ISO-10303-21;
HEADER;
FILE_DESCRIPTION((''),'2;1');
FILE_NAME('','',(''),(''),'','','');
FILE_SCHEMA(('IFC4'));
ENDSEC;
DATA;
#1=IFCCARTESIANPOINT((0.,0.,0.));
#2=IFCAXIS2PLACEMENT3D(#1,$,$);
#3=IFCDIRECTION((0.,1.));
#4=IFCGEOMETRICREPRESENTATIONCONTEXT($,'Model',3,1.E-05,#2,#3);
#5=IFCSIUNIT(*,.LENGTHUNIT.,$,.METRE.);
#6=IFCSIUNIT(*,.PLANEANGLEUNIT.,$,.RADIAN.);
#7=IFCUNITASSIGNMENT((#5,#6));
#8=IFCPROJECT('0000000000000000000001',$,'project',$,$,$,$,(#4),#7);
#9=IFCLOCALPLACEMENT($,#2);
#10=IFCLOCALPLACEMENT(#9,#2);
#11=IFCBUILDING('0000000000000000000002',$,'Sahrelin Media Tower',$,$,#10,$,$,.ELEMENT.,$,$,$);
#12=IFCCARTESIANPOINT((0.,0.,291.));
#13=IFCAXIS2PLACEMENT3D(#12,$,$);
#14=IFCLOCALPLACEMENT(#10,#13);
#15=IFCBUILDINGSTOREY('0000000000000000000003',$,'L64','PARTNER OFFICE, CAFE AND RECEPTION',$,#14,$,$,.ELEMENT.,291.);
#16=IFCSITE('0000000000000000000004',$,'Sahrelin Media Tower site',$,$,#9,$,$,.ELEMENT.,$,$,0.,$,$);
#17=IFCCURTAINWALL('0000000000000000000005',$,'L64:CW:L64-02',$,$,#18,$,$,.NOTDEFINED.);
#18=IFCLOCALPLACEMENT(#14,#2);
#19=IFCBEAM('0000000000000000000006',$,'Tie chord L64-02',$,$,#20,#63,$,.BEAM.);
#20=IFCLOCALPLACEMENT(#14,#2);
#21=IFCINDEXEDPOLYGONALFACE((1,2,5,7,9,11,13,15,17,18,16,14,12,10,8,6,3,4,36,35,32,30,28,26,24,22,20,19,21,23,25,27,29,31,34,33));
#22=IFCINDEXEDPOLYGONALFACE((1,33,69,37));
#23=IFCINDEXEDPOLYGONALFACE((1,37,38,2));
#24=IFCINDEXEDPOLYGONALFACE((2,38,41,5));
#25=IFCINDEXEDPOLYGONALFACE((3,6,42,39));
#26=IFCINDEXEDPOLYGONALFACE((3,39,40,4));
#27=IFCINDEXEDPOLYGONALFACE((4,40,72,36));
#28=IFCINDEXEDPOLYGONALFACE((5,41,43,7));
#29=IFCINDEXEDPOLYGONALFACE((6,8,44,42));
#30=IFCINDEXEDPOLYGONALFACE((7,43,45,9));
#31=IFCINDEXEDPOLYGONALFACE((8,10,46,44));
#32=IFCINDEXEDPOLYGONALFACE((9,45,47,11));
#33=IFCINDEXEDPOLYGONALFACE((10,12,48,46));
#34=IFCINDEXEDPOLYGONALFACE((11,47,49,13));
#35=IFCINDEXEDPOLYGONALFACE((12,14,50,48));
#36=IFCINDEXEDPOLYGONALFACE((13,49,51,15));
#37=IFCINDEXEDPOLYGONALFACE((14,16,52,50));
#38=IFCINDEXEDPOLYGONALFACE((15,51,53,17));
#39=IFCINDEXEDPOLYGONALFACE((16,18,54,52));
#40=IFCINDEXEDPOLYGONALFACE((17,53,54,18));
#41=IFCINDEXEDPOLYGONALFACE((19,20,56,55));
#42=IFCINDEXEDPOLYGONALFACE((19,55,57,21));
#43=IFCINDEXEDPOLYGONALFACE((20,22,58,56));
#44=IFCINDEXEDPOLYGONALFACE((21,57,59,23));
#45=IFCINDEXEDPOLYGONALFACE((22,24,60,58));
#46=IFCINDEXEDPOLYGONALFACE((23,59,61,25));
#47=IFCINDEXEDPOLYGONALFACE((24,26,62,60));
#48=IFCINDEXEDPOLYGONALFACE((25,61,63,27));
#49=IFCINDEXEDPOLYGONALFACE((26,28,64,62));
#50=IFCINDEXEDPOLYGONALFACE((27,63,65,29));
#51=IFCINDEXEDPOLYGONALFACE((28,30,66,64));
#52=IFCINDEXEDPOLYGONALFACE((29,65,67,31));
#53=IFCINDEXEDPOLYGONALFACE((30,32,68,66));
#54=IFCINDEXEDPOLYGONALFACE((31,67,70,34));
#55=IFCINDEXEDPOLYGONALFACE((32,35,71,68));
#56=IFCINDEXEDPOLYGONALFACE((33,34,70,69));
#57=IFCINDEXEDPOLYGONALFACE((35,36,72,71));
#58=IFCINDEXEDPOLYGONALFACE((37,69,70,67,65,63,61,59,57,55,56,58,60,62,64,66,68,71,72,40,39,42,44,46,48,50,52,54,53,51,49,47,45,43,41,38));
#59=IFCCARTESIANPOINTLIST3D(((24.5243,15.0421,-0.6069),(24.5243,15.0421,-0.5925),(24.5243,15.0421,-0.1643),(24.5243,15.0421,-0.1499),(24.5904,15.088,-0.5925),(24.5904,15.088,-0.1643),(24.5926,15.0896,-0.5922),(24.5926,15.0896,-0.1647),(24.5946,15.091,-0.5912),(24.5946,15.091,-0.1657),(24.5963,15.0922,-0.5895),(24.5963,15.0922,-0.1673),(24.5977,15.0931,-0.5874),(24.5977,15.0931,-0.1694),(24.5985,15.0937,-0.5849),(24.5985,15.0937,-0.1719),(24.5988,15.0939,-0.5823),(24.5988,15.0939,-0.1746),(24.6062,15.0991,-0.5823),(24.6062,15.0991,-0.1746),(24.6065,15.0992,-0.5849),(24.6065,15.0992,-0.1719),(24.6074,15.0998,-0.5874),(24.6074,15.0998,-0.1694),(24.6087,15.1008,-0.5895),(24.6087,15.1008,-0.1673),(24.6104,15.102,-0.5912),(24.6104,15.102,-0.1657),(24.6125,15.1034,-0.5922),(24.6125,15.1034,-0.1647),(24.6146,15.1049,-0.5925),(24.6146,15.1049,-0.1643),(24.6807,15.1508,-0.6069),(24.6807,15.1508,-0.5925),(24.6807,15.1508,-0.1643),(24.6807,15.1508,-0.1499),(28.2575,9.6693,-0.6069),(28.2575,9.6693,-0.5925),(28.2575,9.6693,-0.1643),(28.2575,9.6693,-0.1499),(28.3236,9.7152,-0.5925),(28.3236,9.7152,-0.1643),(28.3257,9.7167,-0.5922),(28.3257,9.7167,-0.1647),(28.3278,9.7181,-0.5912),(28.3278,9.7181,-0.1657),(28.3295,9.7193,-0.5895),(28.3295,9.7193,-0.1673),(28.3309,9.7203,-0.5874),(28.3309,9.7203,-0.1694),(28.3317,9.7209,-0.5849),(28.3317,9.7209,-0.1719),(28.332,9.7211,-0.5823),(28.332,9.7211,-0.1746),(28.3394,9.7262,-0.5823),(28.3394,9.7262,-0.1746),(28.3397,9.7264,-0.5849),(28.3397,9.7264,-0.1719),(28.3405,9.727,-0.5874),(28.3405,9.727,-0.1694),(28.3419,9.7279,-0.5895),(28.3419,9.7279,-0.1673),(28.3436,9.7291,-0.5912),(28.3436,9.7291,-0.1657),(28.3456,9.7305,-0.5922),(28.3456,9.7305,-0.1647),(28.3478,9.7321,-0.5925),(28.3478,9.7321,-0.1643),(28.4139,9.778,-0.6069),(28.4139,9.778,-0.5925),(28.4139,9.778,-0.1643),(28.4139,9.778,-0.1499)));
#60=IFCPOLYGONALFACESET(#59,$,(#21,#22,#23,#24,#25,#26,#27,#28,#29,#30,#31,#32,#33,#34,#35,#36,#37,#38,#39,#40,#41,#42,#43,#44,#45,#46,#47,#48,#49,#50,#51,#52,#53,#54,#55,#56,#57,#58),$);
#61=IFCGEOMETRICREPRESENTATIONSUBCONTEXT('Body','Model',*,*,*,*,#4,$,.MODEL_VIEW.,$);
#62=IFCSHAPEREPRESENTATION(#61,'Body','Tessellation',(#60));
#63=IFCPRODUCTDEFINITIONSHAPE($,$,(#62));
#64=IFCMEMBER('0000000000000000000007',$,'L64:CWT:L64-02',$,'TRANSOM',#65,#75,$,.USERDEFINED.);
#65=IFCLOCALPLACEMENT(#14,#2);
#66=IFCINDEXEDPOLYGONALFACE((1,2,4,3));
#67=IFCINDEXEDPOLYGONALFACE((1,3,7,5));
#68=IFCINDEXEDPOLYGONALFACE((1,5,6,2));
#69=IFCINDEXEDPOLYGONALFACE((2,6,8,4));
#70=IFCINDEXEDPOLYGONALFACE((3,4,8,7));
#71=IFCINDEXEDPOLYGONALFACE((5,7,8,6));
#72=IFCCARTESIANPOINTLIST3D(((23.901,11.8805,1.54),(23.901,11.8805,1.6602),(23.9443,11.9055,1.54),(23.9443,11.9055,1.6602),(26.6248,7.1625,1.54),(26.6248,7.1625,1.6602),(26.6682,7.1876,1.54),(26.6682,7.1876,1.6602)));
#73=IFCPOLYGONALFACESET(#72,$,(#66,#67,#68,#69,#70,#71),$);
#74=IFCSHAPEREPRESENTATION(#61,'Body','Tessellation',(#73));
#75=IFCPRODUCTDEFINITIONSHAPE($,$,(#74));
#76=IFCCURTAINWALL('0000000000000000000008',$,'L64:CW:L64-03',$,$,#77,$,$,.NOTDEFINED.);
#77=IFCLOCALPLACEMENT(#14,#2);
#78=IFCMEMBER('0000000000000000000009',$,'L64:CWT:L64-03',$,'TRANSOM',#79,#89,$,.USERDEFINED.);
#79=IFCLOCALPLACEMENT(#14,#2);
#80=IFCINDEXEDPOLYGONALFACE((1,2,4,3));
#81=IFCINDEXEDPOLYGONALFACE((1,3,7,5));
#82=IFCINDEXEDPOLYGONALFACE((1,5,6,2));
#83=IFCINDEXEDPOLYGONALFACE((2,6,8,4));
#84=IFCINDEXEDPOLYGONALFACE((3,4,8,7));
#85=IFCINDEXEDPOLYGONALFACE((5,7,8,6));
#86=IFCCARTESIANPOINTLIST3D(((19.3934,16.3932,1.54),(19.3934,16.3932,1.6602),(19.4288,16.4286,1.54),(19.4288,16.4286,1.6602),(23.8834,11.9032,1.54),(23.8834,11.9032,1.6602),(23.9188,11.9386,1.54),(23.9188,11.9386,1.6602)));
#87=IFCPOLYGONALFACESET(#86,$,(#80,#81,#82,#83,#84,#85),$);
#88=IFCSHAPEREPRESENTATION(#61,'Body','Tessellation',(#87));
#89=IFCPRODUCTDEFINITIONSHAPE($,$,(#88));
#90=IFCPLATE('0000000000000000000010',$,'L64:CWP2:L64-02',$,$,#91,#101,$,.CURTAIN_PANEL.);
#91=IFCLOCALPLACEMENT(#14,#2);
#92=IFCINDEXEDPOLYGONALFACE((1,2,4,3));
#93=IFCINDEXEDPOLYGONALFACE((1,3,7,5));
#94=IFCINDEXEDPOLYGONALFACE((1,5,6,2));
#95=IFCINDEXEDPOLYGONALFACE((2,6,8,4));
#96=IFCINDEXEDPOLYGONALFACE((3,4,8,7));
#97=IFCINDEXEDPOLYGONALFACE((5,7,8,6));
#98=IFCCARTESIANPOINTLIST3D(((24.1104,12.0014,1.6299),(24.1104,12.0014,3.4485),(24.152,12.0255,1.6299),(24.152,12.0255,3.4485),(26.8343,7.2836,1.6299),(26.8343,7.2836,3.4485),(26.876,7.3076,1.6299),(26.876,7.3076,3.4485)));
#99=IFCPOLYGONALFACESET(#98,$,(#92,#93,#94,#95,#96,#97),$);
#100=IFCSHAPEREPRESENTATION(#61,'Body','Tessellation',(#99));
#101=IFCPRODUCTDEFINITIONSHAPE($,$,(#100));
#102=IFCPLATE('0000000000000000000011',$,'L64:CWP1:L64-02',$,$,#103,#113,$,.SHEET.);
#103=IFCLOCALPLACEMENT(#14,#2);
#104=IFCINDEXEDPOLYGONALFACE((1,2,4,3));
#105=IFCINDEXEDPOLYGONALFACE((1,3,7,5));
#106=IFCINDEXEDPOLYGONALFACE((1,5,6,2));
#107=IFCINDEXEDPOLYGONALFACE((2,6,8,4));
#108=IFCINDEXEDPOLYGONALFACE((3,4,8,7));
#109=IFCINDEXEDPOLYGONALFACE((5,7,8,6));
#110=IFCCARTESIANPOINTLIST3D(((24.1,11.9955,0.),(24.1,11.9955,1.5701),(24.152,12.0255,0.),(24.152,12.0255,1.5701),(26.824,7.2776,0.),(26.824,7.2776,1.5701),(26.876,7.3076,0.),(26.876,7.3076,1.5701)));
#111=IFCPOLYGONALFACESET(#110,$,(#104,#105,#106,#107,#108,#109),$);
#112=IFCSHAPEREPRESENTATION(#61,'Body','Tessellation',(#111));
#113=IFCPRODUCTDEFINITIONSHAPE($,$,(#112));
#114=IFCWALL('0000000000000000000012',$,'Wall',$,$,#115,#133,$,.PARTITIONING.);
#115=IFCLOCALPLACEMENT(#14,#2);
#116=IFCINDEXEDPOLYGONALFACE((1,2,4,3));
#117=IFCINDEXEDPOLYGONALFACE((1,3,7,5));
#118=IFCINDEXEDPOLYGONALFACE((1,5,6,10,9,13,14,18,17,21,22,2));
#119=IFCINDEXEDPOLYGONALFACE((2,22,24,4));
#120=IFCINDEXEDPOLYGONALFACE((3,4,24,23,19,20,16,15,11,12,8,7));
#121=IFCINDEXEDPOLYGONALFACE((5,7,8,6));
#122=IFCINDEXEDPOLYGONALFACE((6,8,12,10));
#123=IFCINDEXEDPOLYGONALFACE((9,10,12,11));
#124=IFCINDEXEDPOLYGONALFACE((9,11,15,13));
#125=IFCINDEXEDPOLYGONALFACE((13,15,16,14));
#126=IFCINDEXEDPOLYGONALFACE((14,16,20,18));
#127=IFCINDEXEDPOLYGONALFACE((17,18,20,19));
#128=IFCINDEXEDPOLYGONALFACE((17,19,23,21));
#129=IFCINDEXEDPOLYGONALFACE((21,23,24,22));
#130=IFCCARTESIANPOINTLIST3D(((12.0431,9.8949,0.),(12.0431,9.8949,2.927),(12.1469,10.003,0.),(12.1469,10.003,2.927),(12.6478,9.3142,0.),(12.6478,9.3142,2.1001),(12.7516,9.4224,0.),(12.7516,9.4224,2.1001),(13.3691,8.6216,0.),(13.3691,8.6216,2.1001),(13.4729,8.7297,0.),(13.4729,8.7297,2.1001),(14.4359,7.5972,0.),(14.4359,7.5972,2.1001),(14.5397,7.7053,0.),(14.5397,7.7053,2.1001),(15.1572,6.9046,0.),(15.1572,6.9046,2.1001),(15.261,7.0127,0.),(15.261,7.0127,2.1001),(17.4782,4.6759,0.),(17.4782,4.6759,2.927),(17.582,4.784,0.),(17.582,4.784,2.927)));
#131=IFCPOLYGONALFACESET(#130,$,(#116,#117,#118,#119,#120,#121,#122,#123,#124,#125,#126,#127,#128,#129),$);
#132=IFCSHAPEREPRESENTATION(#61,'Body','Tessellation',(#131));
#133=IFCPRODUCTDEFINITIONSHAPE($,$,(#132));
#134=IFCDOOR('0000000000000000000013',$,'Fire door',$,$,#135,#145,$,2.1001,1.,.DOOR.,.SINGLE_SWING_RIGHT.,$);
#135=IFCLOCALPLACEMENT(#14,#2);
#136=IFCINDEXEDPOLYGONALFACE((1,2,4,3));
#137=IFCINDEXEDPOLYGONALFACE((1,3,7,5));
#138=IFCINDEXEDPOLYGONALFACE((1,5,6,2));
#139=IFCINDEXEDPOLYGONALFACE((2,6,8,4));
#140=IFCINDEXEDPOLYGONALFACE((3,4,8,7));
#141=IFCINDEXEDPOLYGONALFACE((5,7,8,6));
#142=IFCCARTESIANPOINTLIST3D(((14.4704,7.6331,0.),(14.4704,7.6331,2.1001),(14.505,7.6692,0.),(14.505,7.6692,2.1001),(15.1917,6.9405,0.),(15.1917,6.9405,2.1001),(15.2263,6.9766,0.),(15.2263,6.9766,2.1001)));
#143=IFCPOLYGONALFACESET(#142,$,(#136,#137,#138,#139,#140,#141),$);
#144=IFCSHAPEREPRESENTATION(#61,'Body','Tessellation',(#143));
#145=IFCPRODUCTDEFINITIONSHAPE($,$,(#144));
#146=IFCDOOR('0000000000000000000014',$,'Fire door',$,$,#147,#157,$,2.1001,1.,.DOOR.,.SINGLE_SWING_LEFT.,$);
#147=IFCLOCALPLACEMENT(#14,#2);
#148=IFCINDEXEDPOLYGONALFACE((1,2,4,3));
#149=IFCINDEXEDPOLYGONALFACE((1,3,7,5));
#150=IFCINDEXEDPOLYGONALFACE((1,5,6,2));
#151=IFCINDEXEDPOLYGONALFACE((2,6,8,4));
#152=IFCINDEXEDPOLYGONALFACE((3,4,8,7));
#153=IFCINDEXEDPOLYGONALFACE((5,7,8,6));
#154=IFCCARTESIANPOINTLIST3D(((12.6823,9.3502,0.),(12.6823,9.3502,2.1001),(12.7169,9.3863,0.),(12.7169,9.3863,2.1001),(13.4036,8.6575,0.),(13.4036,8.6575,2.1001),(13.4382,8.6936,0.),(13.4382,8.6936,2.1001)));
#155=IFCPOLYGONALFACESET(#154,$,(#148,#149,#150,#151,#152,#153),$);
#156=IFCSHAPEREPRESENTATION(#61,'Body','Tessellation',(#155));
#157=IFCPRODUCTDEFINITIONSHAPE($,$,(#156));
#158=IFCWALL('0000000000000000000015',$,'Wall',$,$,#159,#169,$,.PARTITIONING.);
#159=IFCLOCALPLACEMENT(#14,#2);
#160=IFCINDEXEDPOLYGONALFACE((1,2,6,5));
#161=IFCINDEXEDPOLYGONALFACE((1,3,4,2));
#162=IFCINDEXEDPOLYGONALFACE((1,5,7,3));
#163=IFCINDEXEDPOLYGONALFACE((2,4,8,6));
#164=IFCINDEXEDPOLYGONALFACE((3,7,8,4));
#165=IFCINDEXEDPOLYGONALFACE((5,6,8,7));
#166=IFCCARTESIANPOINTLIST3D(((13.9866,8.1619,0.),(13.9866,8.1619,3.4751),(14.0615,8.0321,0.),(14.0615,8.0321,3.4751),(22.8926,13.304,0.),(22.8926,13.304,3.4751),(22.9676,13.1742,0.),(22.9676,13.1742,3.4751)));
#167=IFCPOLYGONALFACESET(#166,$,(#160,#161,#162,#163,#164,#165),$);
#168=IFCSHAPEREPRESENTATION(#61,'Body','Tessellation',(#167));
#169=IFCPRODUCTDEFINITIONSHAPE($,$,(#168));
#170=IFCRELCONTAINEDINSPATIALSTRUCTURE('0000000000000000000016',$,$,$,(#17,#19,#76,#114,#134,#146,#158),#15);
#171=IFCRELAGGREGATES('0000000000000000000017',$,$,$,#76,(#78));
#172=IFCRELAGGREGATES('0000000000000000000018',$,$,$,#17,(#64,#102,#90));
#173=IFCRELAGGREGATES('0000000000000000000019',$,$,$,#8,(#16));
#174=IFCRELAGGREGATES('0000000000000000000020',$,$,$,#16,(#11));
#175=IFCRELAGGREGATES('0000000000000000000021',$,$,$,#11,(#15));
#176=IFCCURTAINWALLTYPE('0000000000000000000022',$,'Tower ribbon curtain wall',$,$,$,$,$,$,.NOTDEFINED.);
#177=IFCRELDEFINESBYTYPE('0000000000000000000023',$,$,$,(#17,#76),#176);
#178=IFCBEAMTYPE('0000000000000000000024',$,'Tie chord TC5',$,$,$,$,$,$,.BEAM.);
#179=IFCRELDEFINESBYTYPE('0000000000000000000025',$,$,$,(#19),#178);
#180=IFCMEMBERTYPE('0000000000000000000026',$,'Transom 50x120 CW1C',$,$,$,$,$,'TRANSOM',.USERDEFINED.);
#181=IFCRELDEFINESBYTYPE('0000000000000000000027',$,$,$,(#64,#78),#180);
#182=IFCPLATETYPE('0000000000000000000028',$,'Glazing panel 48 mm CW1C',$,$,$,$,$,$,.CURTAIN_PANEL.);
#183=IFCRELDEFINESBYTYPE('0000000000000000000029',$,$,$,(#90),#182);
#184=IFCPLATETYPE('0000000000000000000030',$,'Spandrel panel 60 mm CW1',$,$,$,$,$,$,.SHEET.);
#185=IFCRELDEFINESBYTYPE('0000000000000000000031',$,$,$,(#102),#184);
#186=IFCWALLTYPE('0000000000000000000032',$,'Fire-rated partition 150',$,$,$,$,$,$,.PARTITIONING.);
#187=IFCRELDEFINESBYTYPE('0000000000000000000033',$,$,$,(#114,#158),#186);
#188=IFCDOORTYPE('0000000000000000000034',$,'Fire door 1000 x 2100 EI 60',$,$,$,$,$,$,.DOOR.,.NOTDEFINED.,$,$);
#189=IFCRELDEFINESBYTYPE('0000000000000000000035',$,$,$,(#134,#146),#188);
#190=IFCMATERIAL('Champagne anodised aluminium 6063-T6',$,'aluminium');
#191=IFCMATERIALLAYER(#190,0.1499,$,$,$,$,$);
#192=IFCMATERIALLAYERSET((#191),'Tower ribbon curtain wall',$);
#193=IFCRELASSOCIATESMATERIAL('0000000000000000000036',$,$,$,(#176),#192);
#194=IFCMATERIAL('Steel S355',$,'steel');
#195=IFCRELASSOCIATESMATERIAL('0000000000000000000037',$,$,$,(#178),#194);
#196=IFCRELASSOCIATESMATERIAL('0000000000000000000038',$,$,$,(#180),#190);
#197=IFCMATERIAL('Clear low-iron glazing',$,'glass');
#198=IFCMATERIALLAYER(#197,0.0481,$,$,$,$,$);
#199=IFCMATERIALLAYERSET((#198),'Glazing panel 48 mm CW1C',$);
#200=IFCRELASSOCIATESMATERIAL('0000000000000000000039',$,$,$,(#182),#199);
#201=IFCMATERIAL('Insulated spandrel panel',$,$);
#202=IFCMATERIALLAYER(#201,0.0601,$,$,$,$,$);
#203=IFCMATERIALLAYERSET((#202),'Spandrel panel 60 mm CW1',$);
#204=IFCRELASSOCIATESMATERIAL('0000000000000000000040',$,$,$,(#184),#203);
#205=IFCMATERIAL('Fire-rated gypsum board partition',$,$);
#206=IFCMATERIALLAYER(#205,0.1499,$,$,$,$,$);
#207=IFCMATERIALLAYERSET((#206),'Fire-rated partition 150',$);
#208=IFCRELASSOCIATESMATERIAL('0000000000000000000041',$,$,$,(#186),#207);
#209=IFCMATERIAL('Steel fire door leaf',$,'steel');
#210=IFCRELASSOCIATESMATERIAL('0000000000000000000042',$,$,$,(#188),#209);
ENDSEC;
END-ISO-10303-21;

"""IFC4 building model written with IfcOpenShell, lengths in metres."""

from ifc_helpers import new_model, si_unit, direction, frame, frame_2d, origin, origin_2d, place, context, subcontext, project, spatial, polyline, rectangle, i_section, outline, extrude, material, layer, layer_set, material_profile, profile_set, type_object, element, fill, aggregate, save


model = new_model("IFC4")

# Units and contexts
model_context = context("Model", 3, precision=1e-05, world=origin(), true_north=direction((0.0, 1.0)))
body_context = subcontext(model_context, "Body", "Model", "MODEL_VIEW")
ifc_project = project(units=[si_unit("LENGTHUNIT", "METRE"), si_unit("PLANEANGLEUNIT", "RADIAN")], contexts=[model_context])

# Site, building, storey
site_placement = place(None, origin())
site = spatial("IfcSite", under=ifc_project, at=site_placement, Name="Sahrelin Media Tower site", CompositionType="ELEMENT", RefElevation=0.0)
building_placement = place(site_placement, origin())
building = spatial("IfcBuilding", under=site, at=building_placement, Name="Sahrelin Media Tower", CompositionType="ELEMENT")
storey_placement = place(building_placement, frame((0.0, 0.0, 291.0)))
storey = spatial("IfcBuildingStorey", under=building, at=storey_placement, Name="L64", Description="PARTNER OFFICE, CAFE AND RECEPTION", CompositionType="ELEMENT", Elevation=291.0)

# Curtain wall
ifc_material_1 = material(Name="Champagne anodised aluminium 6063-T6", Category="aluminium")
ifc_layer_1 = layer(ifc_material_1, 0.1499)
ifc_layer_set_1 = layer_set([ifc_layer_1], Name="Tower ribbon curtain wall")
curtain_wall_type = type_object("IfcCurtainWallType", Name="Tower ribbon curtain wall", PredefinedType="NOTDEFINED", material=ifc_layer_set_1)
curtain_wall_1_placement = place(storey_placement, frame((25.4968, 9.6565, 0.0), z_axis=(0.0, 0.0, 1.0), x_axis=(1.0, 0.0, 0.0)))
curtain_wall_1 = element("IfcCurtainWall", 1, at=curtain_wall_1_placement, inside=storey, type_object=curtain_wall_type, Name="L64:CW:L64-02", PredefinedType="NOTDEFINED")

# Beam
ifc_material_2 = material(Name="Steel S355", Category="steel")
ifc_material_profile_1 = material_profile(ifc_material_2, i_section(OverallWidth=0.1904, OverallDepth=0.457, WebThickness=0.009, FlangeThickness=0.0144, FilletRadius=0.0103, at=origin_2d()), Name="UB 457x191x74")
ifc_profile_set_1 = profile_set([ifc_material_profile_1], Name="Steel S355")
beam_type_1 = type_object("IfcBeamType", Name="Tie chord TC5", PredefinedType="BEAM", material=ifc_profile_set_1)
beam_1_placement = place(storey_placement, frame((28.3357, 9.7236, -0.3784), z_axis=(-0.570606, 0.821224, 0.0), x_axis=(-0.821224, -0.570606, 0.0)))
element("IfcBeam", 2, at=beam_1_placement, inside=storey, type_object=beam_type_1, Name="Tie chord L64-02", PredefinedType="BEAM", context=body_context, shape_type="SweptSolid", body=[
    extrude(i_section(OverallWidth=0.1904, OverallDepth=0.457, WebThickness=0.009, FlangeThickness=0.0144, FilletRadius=0.0103, at=origin_2d()), origin(), (0.0, 0.0, 1.0), 6.5425),
])

# Member
ifc_material_profile_2 = material_profile(ifc_material_1, rectangle(XDim=0.05, YDim=0.1201, at=origin_2d()), Name="Transom 50x120")
ifc_profile_set_2 = profile_set([ifc_material_profile_2], Name="Champagne anodised aluminium 6063-T6")
member_type_1 = type_object("IfcMemberType", Name="Transom 50x120 CW1C", ElementType="TRANSOM", PredefinedType="USERDEFINED", material=ifc_profile_set_2)
member_1_placement = place(storey_placement, frame((26.6465, 7.175, 1.6001), z_axis=(-0.49999, 0.866031, 0.0), x_axis=(-0.866031, -0.49999, 0.0)))
member_1 = element("IfcMember", 3, at=member_1_placement, type_object=member_type_1, Name="L64:CWT:L64-02", ObjectType="TRANSOM", PredefinedType="USERDEFINED", context=body_context, shape_type="SweptSolid", body=[
    extrude(rectangle(XDim=0.05, YDim=0.1201, at=origin_2d()), origin(), (0.0, 0.0, 1.0), 5.4478),
])

# Curtain wall, member
curtain_wall_2_placement = place(storey_placement, frame((21.8293, 14.3391, 0.0), z_axis=(0.0, 0.0, 1.0), x_axis=(1.0, 0.0, 0.0)))
curtain_wall_2 = element("IfcCurtainWall", 4, at=curtain_wall_2_placement, inside=storey, type_object=curtain_wall_type, Name="L64:CW:L64-03", PredefinedType="NOTDEFINED")
member_2_placement = place(storey_placement, frame((23.9011, 11.9209, 1.6001), z_axis=(-0.707107, 0.707107, 0.0), x_axis=(-0.707107, -0.707107, 0.0)))
member_2 = element("IfcMember", 5, at=member_2_placement, type_object=member_type_1, Name="L64:CWT:L64-03", ObjectType="TRANSOM", PredefinedType="USERDEFINED", context=body_context, shape_type="SweptSolid", body=[
    extrude(rectangle(XDim=0.05, YDim=0.1201, at=origin_2d()), origin(), (0.0, 0.0, 1.0), 6.3499),
])
aggregate(curtain_wall_2, [member_2])

# Plates
ifc_material_3 = material(Name="Clear low-iron glazing", Category="glass")
ifc_layer_2 = layer(ifc_material_3, 0.0481)
ifc_layer_set_2 = layer_set([ifc_layer_2], Name="Glazing panel 48 mm CW1C")
plate_type_1 = type_object("IfcPlateType", Name="Glazing panel 48 mm CW1C", PredefinedType="CURTAIN_PANEL", material=ifc_layer_set_2)
plate_1_placement = place(storey_placement, frame((26.876, 7.3076, 1.6299), z_axis=(0.86602, 0.50001, 0.0), x_axis=(-0.50001, 0.86602, 0.0)))
plate_1 = element("IfcPlate", 6, at=plate_1_placement, type_object=plate_type_1, Name="L64:CWP2:L64-02", PredefinedType="CURTAIN_PANEL", context=body_context, shape_type="SweptSolid", body=[
    extrude(outline(polyline([(0.0, 0.0), (5.4478, 0.0), (5.4478, 1.8186), (0.0, 1.8186), (0.0, 0.0)])), origin(), (0.0, 0.0, -1.0), 0.0481),
])
ifc_material_4 = material(Name="Insulated spandrel panel")
ifc_layer_3 = layer(ifc_material_4, 0.0601)
ifc_layer_set_3 = layer_set([ifc_layer_3], Name="Spandrel panel 60 mm CW1")
plate_type_2 = type_object("IfcPlateType", Name="Spandrel panel 60 mm CW1", PredefinedType="SHEET", material=ifc_layer_set_3)
plate_2_placement = place(storey_placement, frame((26.876, 7.3076, 0.0), z_axis=(0.86602, 0.50001, 0.0), x_axis=(-0.50001, 0.86602, 0.0)))
plate_2 = element("IfcPlate", 7, at=plate_2_placement, type_object=plate_type_2, Name="L64:CWP1:L64-02", PredefinedType="SHEET", context=body_context, shape_type="SweptSolid", body=[
    extrude(outline(polyline([(0.0, 0.0), (5.4478, 0.0), (5.4478, 1.5701), (0.0, 1.5701), (0.0, 0.0)])), origin(), (0.0, 0.0, -1.0), 0.0601),
])
aggregate(curtain_wall_1, [member_1, plate_2, plate_1])

# Wall, openings, doors
ifc_material_5 = material(Name="Fire-rated gypsum board partition")
ifc_layer_4 = layer(ifc_material_5, 0.1499)
ifc_layer_set_4 = layer_set([ifc_layer_4], Name="Fire-rated partition 150")
wall_type_1 = type_object("IfcWallType", Name="Fire-rated partition 150", PredefinedType="PARTITIONING", material=ifc_layer_set_4)
wall_1_placement = place(storey_placement, frame((12.095, 9.949, 0.0), z_axis=(0.0, 0.0, 1.0), x_axis=(0.721299, -0.692624, 0.0)))
wall_1 = element("IfcWall", 8, at=wall_1_placement, inside=storey, type_object=wall_type_1, Name="Wall", PredefinedType="PARTITIONING", context=body_context, shape_type="SweptSolid", body=[
    extrude(rectangle(XDim=7.5352, YDim=0.1499, at=frame_2d((3.7676, 0.0))), origin(), (0.0, 0.0, 1.0), 2.927),
])
opening_1_placement = place(wall_1_placement, frame((3.3174, 0.0, 0.0)))
opening_1 = element("IfcOpeningElement", 9, at=opening_1_placement, cuts=wall_1, PredefinedType="OPENING", context=body_context, shape_type="SweptSolid", body=[
    extrude(rectangle(XDim=1.0, YDim=2.1001, at=frame_2d((0.5, 1.05))), frame((0.0, 0.075, 0.0), z_axis=(0.0, -1.0, 0.0), x_axis=(1.0, 0.0, 0.0)), (0.0, 0.0, 1.0), 0.1499),
])
opening_2_placement = place(wall_1_placement, frame((0.8384, 0.0, 0.0)))
opening_2 = element("IfcOpeningElement", 10, at=opening_2_placement, cuts=wall_1, PredefinedType="OPENING", context=body_context, shape_type="SweptSolid", body=[
    extrude(rectangle(XDim=1.0, YDim=2.1001, at=frame_2d((0.5, 1.05))), frame((0.0, 0.075, 0.0), z_axis=(0.0, -1.0, 0.0), x_axis=(1.0, 0.0, 0.0)), (0.0, 0.0, 1.0), 0.1499),
])
ifc_material_6 = material(Name="Steel fire door leaf", Category="steel")
door_type = type_object("IfcDoorType", Name="Fire door 1000 x 2100 EI 60", OperationType="NOTDEFINED", PredefinedType="DOOR", material=ifc_material_6)
door_1_placement = place(opening_1_placement, origin())
door_1 = element("IfcDoor", 11, at=door_1_placement, inside=storey, type_object=door_type, Name="Fire door", OperationType="SINGLE_SWING_RIGHT", OverallHeight=2.1001, OverallWidth=1.0, PredefinedType="DOOR", context=body_context, shape_type="SweptSolid", body=[
    extrude(rectangle(XDim=1.0, YDim=2.1001, at=frame_2d((0.5, 1.05))), frame((0.0, 0.0249, 0.0), z_axis=(0.0, -1.0, 0.0), x_axis=(1.0, 0.0, 0.0)), (0.0, 0.0, 1.0), 0.05),
])
fill(opening_1, door_1)
door_2_placement = place(opening_2_placement, origin())
door_2 = element("IfcDoor", 12, at=door_2_placement, inside=storey, type_object=door_type, Name="Fire door", OperationType="SINGLE_SWING_LEFT", OverallHeight=2.1001, OverallWidth=1.0, PredefinedType="DOOR", context=body_context, shape_type="SweptSolid", body=[
    extrude(rectangle(XDim=1.0, YDim=2.1001, at=frame_2d((0.5, 1.05))), frame((0.0, 0.0249, 0.0), z_axis=(0.0, -1.0, 0.0), x_axis=(1.0, 0.0, 0.0)), (0.0, 0.0, 1.0), 0.05),
])
fill(opening_2, door_2)

# Wall
wall_2_placement = place(storey_placement, frame((14.0239, 8.0969, 0.0), z_axis=(0.0, 0.0, 1.0), x_axis=(0.866017, 0.500015, 0.0)))
element("IfcWall", 13, at=wall_2_placement, inside=storey, type_object=wall_type_1, Name="Wall", PredefinedType="PARTITIONING", context=body_context, shape_type="SweptSolid", body=[
    extrude(rectangle(XDim=10.2839, YDim=0.1499, at=frame_2d((5.1421, 0.0))), origin(), (0.0, 0.0, 1.0), 3.4751),
])

save(model, "model.ifc")
